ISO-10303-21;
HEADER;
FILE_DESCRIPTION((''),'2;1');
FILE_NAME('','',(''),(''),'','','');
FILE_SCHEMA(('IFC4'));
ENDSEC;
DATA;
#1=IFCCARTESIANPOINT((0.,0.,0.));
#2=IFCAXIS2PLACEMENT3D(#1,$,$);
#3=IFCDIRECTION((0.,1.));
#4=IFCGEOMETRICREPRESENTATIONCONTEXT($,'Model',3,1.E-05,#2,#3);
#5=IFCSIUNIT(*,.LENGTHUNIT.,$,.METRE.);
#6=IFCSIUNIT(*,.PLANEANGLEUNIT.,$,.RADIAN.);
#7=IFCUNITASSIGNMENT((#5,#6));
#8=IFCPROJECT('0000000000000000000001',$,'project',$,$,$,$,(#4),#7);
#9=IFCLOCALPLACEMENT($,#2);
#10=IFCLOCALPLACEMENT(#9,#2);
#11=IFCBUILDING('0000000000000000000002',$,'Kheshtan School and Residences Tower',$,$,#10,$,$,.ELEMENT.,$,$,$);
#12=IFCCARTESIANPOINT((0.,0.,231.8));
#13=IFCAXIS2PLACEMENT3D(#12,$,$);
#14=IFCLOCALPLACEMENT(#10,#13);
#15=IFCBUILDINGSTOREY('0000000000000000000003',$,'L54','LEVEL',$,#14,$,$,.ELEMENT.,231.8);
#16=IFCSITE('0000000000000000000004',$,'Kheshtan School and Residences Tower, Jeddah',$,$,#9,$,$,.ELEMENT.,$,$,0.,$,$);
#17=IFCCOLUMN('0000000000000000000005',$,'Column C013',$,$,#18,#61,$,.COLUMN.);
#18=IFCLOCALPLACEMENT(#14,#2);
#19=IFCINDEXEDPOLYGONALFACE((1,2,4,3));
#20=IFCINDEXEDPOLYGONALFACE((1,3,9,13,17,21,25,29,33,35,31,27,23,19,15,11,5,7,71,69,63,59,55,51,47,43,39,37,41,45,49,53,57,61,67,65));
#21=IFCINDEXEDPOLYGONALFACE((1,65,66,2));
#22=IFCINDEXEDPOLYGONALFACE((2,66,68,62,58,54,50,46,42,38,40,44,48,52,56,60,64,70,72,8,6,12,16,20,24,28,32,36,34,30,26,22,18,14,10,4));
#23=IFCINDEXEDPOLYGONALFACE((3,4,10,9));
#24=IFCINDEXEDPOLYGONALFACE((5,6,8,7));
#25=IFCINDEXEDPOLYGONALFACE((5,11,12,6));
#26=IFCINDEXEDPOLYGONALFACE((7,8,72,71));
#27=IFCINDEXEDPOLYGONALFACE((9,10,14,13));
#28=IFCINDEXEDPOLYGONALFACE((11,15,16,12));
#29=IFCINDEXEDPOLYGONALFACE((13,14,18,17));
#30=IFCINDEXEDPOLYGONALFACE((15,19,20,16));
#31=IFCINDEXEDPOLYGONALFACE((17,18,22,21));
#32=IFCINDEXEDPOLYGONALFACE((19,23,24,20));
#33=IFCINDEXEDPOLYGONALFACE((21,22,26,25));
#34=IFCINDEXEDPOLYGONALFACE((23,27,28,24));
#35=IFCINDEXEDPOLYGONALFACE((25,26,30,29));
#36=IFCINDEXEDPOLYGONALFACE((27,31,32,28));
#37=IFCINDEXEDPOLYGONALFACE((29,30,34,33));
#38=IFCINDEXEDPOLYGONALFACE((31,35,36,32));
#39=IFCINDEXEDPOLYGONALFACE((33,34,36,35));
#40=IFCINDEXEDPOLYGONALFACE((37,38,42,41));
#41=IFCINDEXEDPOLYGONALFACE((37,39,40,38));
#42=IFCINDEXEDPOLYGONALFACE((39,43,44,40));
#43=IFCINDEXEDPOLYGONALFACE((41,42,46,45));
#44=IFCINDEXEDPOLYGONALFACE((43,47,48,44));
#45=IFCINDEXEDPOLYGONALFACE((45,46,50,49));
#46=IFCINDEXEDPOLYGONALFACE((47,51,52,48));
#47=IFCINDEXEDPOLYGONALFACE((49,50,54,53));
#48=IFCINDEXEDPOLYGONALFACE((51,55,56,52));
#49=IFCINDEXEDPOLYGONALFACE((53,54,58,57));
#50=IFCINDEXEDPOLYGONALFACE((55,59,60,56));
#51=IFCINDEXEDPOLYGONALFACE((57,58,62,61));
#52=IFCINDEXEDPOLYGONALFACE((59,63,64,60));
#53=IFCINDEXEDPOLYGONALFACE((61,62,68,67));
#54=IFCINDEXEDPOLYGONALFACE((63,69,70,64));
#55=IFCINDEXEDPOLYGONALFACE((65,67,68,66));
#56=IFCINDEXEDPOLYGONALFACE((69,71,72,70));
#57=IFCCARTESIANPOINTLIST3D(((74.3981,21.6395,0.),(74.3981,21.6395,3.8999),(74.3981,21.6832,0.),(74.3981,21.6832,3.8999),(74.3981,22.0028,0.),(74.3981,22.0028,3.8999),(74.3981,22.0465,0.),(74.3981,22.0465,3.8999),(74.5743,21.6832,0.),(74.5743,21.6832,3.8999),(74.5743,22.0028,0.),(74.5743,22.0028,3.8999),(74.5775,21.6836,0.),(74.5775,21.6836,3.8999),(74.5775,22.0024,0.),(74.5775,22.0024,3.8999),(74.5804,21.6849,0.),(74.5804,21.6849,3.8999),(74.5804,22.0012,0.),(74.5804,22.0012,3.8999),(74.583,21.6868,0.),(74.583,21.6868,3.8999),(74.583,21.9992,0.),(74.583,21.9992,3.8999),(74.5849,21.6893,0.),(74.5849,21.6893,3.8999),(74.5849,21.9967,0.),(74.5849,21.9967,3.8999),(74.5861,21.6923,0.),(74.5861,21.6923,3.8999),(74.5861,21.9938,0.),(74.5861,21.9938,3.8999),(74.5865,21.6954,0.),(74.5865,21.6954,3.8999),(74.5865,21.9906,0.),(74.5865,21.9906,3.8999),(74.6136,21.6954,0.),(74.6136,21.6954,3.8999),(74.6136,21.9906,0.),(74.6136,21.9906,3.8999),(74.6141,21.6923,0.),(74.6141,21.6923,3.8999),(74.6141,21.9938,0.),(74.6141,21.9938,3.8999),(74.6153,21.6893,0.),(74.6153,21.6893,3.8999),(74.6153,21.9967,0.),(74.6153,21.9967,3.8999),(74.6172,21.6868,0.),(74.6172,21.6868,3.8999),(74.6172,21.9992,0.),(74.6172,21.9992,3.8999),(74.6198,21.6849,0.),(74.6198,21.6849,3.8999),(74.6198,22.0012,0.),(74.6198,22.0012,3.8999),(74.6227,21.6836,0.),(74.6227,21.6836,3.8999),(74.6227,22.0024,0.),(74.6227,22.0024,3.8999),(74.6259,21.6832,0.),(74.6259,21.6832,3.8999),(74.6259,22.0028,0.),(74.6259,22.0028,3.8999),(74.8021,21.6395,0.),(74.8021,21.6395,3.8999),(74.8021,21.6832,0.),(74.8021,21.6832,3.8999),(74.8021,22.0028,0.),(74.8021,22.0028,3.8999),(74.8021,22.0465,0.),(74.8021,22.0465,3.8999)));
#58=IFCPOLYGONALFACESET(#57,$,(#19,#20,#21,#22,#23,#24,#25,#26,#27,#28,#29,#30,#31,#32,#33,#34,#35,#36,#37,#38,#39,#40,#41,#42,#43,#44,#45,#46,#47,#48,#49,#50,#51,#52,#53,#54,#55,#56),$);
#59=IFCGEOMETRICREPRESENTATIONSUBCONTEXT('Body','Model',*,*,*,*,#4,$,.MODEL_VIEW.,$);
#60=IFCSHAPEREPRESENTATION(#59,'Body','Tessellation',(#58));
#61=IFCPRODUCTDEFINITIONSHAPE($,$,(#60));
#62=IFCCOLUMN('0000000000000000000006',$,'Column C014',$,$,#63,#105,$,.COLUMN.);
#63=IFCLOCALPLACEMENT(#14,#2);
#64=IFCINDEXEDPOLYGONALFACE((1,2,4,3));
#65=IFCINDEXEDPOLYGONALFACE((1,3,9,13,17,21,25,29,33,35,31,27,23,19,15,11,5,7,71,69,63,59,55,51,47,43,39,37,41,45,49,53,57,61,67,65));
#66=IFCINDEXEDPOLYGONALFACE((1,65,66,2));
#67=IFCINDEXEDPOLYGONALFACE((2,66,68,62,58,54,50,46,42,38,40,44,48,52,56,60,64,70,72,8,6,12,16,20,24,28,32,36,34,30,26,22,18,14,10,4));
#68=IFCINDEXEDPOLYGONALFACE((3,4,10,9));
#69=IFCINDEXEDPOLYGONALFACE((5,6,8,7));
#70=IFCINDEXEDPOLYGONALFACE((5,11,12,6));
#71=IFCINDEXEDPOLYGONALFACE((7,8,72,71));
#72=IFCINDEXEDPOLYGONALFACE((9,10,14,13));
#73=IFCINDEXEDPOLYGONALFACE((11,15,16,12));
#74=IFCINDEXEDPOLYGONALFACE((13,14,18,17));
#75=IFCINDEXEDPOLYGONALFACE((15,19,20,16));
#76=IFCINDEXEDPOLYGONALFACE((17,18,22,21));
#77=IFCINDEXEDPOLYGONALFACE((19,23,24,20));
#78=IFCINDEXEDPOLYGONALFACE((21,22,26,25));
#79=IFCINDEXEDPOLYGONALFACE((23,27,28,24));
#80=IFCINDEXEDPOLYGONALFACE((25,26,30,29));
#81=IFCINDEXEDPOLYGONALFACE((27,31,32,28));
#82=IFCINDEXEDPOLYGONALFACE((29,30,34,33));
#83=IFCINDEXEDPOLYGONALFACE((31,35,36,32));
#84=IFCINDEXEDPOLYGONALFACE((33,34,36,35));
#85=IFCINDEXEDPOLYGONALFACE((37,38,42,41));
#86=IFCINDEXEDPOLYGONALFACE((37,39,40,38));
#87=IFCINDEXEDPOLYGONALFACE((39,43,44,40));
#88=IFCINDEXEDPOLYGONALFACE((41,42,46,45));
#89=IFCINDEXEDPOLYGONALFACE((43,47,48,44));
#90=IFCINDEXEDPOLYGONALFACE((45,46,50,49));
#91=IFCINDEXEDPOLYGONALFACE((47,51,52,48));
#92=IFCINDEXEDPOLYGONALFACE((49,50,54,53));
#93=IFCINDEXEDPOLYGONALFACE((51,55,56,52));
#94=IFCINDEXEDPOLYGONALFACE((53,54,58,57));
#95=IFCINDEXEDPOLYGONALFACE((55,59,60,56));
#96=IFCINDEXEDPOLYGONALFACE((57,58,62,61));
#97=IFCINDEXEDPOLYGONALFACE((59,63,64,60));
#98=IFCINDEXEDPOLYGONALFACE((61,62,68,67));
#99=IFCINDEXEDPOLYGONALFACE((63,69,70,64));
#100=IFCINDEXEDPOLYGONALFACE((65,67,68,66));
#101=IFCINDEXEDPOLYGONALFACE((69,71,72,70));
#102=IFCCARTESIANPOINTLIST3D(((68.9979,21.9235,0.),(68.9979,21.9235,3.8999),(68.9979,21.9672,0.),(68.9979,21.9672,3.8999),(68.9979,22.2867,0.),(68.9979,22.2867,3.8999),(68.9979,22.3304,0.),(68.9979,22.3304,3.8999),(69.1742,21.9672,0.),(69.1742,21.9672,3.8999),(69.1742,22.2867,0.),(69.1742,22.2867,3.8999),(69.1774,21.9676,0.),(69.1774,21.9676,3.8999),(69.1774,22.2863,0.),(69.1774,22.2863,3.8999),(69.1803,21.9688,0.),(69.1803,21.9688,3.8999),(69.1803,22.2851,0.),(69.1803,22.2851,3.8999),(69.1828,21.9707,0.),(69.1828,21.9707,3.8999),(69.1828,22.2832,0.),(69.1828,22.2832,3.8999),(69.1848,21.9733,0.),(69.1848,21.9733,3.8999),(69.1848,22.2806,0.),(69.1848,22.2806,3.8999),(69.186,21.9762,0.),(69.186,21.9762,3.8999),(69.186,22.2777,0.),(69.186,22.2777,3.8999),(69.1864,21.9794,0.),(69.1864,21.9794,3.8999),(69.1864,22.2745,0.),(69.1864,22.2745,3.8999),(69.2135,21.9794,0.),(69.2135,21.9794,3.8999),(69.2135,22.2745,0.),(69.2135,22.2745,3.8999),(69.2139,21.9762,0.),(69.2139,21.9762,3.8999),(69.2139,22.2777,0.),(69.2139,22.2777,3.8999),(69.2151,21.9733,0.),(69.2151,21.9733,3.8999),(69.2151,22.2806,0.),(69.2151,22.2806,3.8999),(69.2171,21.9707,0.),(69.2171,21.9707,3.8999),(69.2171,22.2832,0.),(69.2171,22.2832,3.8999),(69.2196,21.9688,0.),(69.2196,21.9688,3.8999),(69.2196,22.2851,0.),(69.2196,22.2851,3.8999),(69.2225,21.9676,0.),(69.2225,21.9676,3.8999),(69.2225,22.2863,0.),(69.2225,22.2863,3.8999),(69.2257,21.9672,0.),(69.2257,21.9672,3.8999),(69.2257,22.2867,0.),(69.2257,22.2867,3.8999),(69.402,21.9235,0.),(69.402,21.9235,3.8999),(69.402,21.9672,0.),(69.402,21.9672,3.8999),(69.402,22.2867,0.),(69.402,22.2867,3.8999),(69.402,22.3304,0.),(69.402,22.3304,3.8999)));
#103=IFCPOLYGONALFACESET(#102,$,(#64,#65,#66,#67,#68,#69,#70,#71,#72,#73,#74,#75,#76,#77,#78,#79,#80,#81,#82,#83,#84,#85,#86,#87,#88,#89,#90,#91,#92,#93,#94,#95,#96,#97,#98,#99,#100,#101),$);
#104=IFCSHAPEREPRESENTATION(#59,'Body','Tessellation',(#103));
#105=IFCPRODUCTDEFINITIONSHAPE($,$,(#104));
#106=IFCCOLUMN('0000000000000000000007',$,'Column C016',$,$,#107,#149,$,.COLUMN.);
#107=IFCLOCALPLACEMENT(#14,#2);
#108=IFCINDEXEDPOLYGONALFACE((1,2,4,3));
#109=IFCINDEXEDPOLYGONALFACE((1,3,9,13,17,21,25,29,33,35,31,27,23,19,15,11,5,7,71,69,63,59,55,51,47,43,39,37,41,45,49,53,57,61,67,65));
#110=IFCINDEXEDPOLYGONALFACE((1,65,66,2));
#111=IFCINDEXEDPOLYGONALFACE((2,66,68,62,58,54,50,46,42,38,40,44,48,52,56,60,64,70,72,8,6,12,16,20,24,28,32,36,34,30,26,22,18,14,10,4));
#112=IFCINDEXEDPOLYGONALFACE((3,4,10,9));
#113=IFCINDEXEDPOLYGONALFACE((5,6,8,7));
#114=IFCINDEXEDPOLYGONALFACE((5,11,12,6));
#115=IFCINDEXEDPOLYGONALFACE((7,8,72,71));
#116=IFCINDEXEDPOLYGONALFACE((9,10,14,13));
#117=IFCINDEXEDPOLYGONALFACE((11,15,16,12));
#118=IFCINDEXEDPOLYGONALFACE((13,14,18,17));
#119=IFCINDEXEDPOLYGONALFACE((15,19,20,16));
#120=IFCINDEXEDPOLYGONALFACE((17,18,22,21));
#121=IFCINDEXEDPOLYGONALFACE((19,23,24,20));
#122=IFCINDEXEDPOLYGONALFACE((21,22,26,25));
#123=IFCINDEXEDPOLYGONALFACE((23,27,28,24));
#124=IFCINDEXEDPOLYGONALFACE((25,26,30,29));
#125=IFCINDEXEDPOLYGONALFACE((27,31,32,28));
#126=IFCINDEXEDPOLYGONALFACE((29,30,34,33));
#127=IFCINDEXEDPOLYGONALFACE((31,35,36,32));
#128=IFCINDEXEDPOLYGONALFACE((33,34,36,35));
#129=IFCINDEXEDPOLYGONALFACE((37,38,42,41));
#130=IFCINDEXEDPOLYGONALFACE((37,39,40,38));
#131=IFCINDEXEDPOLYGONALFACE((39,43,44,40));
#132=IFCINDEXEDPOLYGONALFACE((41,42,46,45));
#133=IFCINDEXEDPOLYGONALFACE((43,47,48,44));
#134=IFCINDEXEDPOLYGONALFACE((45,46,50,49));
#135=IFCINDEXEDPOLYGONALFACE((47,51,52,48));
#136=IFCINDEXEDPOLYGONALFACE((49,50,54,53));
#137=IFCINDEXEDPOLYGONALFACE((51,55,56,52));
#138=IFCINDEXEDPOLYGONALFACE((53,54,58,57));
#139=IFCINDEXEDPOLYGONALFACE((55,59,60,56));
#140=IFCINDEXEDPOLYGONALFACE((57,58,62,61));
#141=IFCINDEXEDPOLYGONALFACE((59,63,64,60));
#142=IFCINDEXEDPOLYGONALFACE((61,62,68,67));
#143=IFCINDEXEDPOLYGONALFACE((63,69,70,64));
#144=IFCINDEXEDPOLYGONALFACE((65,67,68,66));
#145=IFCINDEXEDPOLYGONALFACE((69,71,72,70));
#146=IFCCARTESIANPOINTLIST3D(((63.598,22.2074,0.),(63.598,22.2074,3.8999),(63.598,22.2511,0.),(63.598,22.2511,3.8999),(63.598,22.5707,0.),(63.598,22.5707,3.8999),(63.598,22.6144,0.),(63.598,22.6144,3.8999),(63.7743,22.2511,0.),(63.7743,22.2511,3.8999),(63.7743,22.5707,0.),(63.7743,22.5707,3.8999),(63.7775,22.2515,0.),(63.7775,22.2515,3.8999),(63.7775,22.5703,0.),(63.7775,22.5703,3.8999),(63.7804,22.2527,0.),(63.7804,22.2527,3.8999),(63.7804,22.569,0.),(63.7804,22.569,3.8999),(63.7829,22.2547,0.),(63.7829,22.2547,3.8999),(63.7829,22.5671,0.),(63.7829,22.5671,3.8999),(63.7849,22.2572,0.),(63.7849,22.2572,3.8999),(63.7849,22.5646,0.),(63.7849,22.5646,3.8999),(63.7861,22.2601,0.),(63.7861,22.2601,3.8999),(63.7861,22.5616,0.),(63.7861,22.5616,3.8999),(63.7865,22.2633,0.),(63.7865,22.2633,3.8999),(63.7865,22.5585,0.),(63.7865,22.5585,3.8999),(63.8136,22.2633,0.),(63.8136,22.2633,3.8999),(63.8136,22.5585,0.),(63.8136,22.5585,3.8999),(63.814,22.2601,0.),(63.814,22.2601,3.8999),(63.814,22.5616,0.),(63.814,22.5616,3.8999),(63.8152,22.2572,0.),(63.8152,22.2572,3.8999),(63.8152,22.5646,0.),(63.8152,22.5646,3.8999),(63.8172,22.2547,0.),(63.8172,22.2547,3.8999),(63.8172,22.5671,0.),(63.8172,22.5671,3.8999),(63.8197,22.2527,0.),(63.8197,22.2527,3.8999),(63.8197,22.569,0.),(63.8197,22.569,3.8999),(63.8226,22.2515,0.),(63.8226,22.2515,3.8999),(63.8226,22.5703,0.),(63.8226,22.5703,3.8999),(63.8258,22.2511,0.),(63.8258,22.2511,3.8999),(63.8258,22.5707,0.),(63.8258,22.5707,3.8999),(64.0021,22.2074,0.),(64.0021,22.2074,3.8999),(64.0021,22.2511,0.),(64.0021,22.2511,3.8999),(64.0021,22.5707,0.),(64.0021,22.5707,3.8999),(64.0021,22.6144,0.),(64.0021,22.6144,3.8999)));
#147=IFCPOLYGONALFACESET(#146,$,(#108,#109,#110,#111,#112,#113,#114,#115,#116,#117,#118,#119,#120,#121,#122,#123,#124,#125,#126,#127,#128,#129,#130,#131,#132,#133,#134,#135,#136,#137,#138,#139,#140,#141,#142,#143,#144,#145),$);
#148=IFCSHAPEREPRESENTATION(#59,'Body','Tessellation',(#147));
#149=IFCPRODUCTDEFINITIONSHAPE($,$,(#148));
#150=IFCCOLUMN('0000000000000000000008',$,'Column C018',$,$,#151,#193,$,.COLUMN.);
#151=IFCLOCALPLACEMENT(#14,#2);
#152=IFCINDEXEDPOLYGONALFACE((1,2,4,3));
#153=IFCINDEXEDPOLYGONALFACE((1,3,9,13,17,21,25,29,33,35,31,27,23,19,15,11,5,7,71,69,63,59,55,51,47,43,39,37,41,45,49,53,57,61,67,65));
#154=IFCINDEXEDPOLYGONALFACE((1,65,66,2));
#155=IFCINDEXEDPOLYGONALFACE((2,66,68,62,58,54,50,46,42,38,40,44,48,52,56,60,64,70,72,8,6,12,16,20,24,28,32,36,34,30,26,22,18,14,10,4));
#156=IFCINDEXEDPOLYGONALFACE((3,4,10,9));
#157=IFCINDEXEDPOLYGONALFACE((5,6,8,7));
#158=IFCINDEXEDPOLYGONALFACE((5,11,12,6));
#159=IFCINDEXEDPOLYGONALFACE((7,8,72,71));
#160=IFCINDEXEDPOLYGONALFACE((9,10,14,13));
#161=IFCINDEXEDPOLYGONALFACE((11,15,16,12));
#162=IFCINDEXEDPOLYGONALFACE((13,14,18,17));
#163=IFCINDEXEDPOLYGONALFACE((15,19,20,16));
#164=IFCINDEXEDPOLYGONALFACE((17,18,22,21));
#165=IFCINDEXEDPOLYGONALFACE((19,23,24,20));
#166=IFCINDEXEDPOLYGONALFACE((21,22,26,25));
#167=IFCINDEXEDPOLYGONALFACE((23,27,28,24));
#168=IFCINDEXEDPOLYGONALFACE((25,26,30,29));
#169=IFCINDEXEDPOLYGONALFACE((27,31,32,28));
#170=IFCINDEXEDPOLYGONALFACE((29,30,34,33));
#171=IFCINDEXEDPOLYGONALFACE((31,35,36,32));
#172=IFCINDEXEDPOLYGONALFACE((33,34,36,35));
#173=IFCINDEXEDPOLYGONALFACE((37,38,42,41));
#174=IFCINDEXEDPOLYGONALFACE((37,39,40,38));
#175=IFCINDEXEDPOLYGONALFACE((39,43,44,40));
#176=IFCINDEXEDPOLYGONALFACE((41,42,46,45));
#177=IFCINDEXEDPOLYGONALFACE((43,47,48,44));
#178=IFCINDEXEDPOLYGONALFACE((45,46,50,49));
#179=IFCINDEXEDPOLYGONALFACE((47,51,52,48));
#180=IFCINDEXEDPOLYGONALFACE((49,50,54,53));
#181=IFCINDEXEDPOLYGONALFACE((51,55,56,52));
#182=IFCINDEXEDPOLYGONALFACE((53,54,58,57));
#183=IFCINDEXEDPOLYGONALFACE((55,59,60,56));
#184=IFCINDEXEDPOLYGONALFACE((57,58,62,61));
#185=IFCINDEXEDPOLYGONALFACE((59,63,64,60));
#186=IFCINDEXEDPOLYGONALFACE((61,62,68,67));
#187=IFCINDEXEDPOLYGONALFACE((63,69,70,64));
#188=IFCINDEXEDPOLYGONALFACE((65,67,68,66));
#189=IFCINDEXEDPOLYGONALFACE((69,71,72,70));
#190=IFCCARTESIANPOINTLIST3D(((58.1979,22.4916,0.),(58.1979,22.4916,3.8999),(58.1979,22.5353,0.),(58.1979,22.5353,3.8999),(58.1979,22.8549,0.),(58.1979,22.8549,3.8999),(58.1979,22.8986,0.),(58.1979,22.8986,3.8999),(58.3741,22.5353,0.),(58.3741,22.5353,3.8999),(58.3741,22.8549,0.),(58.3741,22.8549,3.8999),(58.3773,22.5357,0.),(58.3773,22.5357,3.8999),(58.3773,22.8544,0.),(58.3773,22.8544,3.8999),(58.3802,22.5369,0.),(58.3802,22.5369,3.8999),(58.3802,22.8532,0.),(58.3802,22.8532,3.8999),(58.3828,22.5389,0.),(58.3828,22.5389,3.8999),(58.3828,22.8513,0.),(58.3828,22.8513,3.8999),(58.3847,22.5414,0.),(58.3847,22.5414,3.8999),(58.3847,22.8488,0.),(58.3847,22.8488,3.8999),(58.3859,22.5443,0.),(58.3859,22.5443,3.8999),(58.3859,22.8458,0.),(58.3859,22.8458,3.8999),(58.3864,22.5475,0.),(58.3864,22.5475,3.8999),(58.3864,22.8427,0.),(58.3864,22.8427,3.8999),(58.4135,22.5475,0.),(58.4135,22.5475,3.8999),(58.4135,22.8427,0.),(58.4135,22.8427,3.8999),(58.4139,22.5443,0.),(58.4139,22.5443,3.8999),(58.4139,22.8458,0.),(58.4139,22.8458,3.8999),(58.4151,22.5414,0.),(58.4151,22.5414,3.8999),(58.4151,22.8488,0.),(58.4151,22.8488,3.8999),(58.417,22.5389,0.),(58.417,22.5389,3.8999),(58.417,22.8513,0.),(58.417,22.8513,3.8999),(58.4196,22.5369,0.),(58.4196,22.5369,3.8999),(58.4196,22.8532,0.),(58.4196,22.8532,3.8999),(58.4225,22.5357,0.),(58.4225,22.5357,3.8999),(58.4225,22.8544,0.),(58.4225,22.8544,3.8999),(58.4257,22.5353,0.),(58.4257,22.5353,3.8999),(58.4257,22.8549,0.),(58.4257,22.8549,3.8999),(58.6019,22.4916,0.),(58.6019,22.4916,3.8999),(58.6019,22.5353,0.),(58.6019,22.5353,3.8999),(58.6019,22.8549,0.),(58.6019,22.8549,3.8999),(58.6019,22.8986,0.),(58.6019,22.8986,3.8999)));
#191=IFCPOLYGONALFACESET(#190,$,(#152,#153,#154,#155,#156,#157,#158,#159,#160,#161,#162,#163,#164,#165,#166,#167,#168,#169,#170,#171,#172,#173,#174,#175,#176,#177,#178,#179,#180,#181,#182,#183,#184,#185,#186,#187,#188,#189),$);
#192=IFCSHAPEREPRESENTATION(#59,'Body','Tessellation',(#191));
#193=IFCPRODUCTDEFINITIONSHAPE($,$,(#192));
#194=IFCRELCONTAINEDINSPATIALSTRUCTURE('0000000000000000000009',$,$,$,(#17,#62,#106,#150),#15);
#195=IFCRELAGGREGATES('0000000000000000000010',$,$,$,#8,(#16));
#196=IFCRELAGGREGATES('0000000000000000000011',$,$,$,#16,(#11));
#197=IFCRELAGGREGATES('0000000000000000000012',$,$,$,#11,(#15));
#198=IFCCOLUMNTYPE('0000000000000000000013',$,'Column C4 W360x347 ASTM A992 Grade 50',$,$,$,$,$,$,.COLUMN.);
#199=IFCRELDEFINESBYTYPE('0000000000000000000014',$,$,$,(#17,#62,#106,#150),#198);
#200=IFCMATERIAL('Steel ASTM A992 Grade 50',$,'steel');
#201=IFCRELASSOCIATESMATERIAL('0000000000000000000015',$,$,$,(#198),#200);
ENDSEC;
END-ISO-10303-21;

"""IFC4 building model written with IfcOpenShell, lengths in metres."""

from ifc_helpers import new_model, si_unit, direction, frame, origin, origin_2d, place, context, subcontext, project, spatial, i_section, extrude, material, material_profile, profile_set, type_object, element, save


model = new_model("IFC4")

# Units and contexts
model_context = context("Model", 3, precision=1e-05, world=origin(), true_north=direction((0.0, 1.0)))
body_context = subcontext(model_context, "Body", "Model", "MODEL_VIEW")
ifc_project = project(units=[si_unit("LENGTHUNIT", "METRE"), si_unit("PLANEANGLEUNIT", "RADIAN")], contexts=[model_context])

# Site, building, storey
site_placement = place(None, origin())
site = spatial("IfcSite", under=ifc_project, at=site_placement, Name="Kheshtan School and Residences Tower, Jeddah", CompositionType="ELEMENT", RefElevation=0.0)
building_placement = place(site_placement, origin())
building = spatial("IfcBuilding", under=site, at=building_placement, Name="Kheshtan School and Residences Tower", CompositionType="ELEMENT")
storey_placement = place(building_placement, frame((0.0, 0.0, 231.8)))
storey = spatial("IfcBuildingStorey", under=building, at=storey_placement, Name="L54", Description="LEVEL", CompositionType="ELEMENT", Elevation=231.8)

# Columns
ifc_material_1 = material(Name="Steel ASTM A992 Grade 50", Category="steel")
ifc_material_profile_1 = material_profile(ifc_material_1, i_section(OverallWidth=0.4041, OverallDepth=0.407, WebThickness=0.0271, FlangeThickness=0.0437, FilletRadius=0.0122, at=origin_2d()), Name="W360x347")
ifc_profile_set_1 = profile_set([ifc_material_profile_1], Name="Steel ASTM A992 Grade 50")
column_type = type_object("IfcColumnType", Name="Column C4 W360x347 ASTM A992 Grade 50", PredefinedType="COLUMN", material=ifc_profile_set_1)
for number, where, z_axis, x_axis, name in (
    (1, (74.6001, 21.843, 0.0), (0.0, 0.0, 1.0), (1.0, 0.0, 0.0), "Column C013"),
    (2, (69.2, 22.127, 0.0), (0.0, 0.0, 1.0), (1.0, 0.0, 0.0), "Column C014"),
    (3, (63.8, 22.4109, 0.0), (0.0, 0.0, 1.0), (1.0, 0.0, 0.0), "Column C016"),
    (4, (58.3999, 22.6951, 0.0), (0.0, 0.0, 1.0), (1.0, 0.0, 0.0), "Column C018"),
):
    element("IfcColumn", number, at=place(storey_placement, frame(where, z_axis=z_axis, x_axis=x_axis)), inside=storey, type_object=column_type, Name=name, PredefinedType="COLUMN", context=body_context, shape_type="SweptSolid", body=[
        extrude(i_section(OverallWidth=0.4041, OverallDepth=0.407, WebThickness=0.0271, FlangeThickness=0.0437, FilletRadius=0.0122, at=origin_2d()), origin(), (0.0, 0.0, 1.0), 3.8999),
    ])

save(model, "model.ifc")
